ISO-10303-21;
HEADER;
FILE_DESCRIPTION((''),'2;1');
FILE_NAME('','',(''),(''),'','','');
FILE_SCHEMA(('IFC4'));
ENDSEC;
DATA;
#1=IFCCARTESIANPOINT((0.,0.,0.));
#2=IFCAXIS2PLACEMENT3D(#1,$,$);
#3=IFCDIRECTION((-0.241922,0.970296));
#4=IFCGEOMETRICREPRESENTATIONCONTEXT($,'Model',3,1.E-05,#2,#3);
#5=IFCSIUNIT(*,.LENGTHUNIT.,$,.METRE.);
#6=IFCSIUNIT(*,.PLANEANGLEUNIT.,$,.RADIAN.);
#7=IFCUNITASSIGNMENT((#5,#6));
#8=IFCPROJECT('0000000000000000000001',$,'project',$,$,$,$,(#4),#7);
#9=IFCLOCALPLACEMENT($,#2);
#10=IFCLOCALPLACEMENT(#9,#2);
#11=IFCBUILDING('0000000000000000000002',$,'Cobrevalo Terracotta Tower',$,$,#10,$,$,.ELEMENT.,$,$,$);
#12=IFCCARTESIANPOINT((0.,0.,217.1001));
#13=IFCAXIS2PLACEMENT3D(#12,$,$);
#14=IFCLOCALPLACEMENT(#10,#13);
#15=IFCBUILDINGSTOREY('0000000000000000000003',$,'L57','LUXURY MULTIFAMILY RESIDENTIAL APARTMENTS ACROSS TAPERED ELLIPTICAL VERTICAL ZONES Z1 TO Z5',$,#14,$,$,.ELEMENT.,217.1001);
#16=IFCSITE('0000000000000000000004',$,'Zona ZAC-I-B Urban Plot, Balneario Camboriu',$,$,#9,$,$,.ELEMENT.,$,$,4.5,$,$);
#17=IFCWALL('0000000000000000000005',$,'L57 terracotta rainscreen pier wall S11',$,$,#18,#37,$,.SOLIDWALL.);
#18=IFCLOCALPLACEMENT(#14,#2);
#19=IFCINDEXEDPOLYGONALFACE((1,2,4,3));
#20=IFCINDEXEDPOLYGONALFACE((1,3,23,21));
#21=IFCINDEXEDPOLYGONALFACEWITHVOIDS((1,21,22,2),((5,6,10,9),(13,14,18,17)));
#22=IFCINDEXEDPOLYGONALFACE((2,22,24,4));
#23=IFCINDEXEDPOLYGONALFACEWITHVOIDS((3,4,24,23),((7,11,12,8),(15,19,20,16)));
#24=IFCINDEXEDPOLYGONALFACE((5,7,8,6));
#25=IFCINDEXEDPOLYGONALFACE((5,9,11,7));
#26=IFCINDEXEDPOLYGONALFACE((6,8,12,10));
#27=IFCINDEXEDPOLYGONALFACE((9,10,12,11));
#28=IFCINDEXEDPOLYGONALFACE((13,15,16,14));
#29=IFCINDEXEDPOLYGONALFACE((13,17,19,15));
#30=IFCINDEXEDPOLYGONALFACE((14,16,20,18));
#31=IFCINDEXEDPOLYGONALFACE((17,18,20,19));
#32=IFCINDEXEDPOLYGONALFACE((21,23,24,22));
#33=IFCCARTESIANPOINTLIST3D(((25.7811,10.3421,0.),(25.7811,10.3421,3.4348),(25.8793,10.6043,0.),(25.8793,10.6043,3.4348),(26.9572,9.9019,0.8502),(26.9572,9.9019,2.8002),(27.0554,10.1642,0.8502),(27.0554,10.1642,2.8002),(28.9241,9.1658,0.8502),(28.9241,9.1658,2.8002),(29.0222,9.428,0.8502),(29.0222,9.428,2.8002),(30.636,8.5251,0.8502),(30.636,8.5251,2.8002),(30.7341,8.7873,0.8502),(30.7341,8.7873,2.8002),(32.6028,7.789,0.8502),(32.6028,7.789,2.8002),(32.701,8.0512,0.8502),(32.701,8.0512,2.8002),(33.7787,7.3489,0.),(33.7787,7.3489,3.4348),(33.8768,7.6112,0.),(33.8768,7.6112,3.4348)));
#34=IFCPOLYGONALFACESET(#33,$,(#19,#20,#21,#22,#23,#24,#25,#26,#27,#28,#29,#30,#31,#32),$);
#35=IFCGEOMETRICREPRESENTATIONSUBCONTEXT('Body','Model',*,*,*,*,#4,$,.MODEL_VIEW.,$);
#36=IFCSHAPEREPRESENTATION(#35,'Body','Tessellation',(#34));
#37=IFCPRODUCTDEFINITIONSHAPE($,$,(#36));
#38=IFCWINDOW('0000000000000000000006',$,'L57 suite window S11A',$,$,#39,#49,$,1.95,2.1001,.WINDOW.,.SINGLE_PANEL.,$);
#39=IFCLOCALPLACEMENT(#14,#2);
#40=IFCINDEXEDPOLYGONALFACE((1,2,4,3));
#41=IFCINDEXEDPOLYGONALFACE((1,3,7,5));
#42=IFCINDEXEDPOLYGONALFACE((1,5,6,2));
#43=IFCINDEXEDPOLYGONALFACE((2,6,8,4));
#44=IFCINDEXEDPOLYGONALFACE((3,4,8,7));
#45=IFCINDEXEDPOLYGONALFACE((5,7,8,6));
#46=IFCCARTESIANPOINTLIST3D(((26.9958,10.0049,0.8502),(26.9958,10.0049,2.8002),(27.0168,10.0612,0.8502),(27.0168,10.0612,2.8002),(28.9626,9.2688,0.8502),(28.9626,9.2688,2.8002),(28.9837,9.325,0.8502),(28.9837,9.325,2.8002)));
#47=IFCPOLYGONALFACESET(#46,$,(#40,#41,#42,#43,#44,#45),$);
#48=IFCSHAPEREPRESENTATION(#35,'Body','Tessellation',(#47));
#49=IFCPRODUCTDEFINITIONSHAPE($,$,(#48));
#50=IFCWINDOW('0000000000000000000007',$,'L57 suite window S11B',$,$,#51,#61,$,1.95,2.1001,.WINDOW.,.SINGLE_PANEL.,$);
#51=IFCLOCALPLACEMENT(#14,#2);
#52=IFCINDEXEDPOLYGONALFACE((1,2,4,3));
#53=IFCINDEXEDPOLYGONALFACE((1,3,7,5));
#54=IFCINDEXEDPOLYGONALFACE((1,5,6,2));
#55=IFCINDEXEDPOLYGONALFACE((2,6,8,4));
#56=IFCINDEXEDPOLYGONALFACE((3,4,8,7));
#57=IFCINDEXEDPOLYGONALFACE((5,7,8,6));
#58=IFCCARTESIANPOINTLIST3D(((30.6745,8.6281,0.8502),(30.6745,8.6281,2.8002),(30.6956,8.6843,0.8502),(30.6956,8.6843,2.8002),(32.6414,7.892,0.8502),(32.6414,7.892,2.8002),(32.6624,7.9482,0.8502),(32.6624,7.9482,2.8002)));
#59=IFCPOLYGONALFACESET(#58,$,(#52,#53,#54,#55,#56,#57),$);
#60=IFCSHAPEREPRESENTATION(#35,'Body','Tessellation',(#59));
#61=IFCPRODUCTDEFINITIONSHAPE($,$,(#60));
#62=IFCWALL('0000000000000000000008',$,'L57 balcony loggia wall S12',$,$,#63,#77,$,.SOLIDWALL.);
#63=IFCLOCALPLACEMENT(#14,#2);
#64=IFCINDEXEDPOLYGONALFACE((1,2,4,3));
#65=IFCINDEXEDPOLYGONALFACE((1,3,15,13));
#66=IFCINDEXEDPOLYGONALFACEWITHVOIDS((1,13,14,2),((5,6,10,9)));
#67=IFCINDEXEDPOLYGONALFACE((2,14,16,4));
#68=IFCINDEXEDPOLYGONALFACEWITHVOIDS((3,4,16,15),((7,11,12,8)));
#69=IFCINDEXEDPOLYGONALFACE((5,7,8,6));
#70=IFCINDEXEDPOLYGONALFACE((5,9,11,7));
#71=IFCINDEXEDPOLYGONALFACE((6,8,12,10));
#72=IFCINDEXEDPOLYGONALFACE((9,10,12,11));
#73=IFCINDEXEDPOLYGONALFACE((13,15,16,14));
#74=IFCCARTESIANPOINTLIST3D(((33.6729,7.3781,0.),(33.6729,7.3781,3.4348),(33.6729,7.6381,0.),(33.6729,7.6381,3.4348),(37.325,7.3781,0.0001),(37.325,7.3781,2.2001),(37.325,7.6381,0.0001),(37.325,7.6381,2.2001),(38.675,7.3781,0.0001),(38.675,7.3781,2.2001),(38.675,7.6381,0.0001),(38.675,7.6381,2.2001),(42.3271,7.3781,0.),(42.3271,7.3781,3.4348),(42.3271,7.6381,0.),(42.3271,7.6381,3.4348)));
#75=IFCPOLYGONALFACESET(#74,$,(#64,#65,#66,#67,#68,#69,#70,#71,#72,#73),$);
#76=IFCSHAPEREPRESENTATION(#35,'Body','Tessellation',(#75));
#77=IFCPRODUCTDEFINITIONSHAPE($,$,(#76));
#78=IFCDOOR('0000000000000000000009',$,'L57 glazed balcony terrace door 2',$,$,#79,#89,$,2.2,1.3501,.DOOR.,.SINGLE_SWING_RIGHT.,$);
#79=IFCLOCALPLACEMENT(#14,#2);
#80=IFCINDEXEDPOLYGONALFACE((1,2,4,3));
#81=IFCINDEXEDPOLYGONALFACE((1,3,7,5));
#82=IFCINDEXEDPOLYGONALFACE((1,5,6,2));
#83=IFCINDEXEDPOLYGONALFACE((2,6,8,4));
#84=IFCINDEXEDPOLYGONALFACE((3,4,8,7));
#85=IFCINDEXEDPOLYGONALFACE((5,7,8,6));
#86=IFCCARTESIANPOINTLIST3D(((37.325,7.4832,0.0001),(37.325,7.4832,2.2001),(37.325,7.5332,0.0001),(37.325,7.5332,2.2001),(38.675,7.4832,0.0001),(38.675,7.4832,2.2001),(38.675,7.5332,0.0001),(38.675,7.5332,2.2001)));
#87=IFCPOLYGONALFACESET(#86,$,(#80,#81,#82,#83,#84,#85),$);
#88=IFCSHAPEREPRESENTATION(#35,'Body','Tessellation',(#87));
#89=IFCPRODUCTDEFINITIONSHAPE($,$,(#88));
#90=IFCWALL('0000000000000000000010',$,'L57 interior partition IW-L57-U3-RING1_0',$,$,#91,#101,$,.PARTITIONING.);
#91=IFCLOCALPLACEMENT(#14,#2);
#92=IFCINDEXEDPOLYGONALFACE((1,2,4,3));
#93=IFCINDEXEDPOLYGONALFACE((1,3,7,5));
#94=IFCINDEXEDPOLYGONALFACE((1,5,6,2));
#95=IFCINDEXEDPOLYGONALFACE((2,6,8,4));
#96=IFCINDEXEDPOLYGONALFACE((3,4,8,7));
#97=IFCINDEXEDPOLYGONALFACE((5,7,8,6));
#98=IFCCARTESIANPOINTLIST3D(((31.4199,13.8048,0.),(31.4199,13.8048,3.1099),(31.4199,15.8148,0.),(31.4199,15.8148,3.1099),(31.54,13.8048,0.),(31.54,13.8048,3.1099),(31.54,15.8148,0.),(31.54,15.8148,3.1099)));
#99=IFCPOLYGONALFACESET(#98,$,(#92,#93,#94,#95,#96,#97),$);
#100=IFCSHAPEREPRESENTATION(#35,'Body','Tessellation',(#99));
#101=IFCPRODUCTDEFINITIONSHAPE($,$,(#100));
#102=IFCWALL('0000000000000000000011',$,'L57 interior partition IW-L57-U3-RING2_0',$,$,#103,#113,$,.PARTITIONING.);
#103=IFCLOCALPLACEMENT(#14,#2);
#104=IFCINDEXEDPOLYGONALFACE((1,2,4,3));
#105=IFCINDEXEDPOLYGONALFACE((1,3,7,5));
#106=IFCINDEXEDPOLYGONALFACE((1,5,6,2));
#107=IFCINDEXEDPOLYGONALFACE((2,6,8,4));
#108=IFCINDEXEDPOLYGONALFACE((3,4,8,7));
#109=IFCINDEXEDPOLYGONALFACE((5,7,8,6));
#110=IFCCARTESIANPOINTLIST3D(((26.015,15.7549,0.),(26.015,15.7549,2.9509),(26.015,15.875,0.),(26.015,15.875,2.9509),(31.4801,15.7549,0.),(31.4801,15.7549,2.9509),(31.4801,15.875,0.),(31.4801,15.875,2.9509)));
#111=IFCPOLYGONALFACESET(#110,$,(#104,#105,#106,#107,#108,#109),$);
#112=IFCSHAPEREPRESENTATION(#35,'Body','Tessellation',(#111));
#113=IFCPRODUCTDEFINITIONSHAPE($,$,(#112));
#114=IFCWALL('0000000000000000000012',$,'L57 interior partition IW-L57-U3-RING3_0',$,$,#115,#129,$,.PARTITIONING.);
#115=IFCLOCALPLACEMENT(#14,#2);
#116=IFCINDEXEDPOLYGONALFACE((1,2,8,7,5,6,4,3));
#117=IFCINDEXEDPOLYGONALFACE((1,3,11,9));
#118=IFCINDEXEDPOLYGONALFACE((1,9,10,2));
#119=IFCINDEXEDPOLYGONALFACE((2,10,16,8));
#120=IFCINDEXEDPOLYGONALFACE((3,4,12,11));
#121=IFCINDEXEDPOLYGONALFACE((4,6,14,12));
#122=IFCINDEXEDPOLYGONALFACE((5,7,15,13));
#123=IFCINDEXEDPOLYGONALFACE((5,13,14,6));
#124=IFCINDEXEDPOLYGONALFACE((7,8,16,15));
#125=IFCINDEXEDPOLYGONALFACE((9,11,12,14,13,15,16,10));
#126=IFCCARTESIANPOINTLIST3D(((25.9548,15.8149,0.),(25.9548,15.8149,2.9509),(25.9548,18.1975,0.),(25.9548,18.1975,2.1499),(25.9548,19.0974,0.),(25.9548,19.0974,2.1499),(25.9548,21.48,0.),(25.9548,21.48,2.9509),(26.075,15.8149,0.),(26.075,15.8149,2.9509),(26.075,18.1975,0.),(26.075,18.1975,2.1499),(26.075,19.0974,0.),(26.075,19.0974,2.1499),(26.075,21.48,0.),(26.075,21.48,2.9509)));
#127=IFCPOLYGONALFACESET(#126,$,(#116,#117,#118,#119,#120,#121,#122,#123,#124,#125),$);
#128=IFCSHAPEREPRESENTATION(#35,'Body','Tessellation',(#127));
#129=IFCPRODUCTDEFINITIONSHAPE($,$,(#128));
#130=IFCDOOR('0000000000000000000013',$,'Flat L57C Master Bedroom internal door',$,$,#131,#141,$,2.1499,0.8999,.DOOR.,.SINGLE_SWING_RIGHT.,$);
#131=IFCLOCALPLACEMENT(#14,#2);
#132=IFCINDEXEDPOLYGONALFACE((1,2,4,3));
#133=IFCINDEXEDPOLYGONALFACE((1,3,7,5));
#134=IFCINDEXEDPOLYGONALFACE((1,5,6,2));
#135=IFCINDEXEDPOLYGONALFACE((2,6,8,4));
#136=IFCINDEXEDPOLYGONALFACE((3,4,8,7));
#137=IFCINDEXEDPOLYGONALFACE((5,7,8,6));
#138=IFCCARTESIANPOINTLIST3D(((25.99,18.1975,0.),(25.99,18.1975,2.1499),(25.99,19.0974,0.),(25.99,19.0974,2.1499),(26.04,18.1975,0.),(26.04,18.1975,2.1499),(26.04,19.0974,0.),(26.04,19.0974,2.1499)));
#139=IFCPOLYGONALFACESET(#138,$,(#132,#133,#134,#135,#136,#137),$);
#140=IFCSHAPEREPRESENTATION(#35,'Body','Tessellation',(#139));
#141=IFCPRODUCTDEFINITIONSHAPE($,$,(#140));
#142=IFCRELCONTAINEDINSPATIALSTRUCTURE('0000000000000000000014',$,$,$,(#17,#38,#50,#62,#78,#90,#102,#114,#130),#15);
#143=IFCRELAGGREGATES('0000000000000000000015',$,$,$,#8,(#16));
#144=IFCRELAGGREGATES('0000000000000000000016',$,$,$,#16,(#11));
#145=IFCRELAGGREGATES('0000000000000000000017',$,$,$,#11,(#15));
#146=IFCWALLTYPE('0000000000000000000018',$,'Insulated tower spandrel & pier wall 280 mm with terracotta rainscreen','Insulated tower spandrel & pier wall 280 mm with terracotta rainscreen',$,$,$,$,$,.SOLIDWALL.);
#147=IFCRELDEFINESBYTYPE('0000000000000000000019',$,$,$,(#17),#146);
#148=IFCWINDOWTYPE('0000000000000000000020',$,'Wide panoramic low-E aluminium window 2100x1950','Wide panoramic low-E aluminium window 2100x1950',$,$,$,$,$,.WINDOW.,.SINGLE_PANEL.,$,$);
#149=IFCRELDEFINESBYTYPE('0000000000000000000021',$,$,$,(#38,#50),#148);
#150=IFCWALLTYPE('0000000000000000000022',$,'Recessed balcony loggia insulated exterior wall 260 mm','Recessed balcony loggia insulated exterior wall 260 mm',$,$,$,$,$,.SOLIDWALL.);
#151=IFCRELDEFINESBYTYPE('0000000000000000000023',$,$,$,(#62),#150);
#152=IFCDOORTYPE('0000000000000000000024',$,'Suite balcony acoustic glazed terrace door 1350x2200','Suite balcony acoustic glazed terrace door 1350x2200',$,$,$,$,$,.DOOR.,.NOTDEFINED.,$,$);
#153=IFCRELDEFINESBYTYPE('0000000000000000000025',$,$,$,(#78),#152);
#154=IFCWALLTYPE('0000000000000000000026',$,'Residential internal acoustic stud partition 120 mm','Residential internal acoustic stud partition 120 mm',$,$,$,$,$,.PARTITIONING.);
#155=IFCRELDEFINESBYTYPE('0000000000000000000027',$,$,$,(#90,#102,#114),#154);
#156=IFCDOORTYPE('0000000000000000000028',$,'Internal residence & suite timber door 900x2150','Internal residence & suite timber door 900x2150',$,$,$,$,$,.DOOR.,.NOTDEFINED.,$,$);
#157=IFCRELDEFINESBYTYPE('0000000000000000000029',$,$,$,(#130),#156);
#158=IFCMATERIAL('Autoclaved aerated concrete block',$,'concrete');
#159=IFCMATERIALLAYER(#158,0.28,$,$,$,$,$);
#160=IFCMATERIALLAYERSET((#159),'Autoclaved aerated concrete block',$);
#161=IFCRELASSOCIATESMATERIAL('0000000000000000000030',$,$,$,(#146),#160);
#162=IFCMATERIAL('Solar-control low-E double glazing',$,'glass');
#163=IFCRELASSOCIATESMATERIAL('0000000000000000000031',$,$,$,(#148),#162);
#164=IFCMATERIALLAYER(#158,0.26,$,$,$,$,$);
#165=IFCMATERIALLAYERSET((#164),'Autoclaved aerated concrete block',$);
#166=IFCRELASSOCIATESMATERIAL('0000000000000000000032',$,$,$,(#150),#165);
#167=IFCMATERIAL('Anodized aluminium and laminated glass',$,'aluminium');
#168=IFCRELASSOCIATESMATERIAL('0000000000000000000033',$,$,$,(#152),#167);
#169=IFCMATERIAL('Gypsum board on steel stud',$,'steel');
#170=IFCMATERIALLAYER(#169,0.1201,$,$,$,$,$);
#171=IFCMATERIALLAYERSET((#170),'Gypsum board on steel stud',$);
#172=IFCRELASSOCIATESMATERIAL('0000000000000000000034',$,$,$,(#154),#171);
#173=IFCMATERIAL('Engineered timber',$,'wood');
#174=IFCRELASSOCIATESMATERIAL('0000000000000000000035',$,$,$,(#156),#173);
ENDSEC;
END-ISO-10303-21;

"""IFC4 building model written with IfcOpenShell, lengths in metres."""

from ifc_helpers import new_model, si_unit, direction, frame, frame_2d, origin, place, context, subcontext, project, spatial, rectangle, extrude, source, transform, mapped, material, layer, layer_set, type_object, element, fill, save


model = new_model("IFC4")

# Units and contexts
model_context = context("Model", 3, precision=1e-05, world=origin(), true_north=direction((-0.241922, 0.970296)))
body_context = subcontext(model_context, "Body", "Model", "MODEL_VIEW")
ifc_project = project(units=[si_unit("LENGTHUNIT", "METRE"), si_unit("PLANEANGLEUNIT", "RADIAN")], contexts=[model_context])

# Site, building, storey
site_placement = place(None, origin())
site = spatial("IfcSite", under=ifc_project, at=site_placement, Name="Zona ZAC-I-B Urban Plot, Balneario Camboriu", CompositionType="ELEMENT", RefElevation=4.5)
building_placement = place(site_placement, origin())
building = spatial("IfcBuilding", under=site, at=building_placement, Name="Cobrevalo Terracotta Tower", CompositionType="ELEMENT")
storey_placement = place(building_placement, frame((0.0, 0.0, 217.1001)))
storey = spatial("IfcBuildingStorey", under=building, at=storey_placement, Name="L57", Description="LUXURY MULTIFAMILY RESIDENTIAL APARTMENTS ACROSS TAPERED ELLIPTICAL VERTICAL ZONES Z1 TO Z5", CompositionType="ELEMENT", Elevation=217.1001)

# Shared definitions
ifc_material_1 = material(Name="Solar-control low-E double glazing", Category="glass")

# Wall, openings, windows
ifc_material_2 = material(Name="Autoclaved aerated concrete block", Category="concrete")
ifc_layer_1 = layer(ifc_material_2, 0.28)
ifc_layer_set_1 = layer_set([ifc_layer_1], Name="Autoclaved aerated concrete block")
wall_type_1 = type_object("IfcWallType", Name="Insulated tower spandrel & pier wall 280 mm with terracotta rainscreen", Description="Insulated tower spandrel & pier wall 280 mm with terracotta rainscreen", PredefinedType="SOLIDWALL", material=ifc_layer_set_1)
wall_1_placement = place(storey_placement, frame((25.8303, 10.4731, 0.0), z_axis=(0.0, 0.0, 1.0), x_axis=(0.936557, -0.350516, 0.0)))
wall_1 = element("IfcWall", 1, at=wall_1_placement, inside=storey, type_object=wall_type_1, Name="L57 terracotta rainscreen pier wall S11", PredefinedType="SOLIDWALL", context=body_context, shape_type="SweptSolid", body=[
    extrude(rectangle(XDim=8.5393, YDim=0.28, at=frame_2d((4.2695, 0.0))), origin(), (0.0, 0.0, 1.0), 3.4348),
])
opening_1_placement = place(wall_1_placement, frame((1.2556, 0.0, 0.8501)))
opening_1 = element("IfcOpeningElement", 2, at=opening_1_placement, cuts=wall_1, PredefinedType="OPENING", context=body_context, shape_type="SweptSolid", body=[
    extrude(rectangle(XDim=2.1001, YDim=1.95, at=frame_2d((1.05, 0.9751))), frame((0.0, 0.1499, 0.0), z_axis=(0.0, -1.0, 0.0), x_axis=(1.0, 0.0, 0.0)), (0.0, 0.0, 1.0), 0.3),
])
opening_2_placement = place(wall_1_placement, frame((5.1836, 0.0, 0.8501)))
opening_2 = element("IfcOpeningElement", 3, at=opening_2_placement, cuts=wall_1, PredefinedType="OPENING", context=body_context, shape_type="SweptSolid", body=[
    extrude(rectangle(XDim=2.1001, YDim=1.95, at=frame_2d((1.05, 0.9751))), frame((0.0, 0.1499, 0.0), z_axis=(0.0, -1.0, 0.0), x_axis=(1.0, 0.0, 0.0)), (0.0, 0.0, 1.0), 0.3),
])
window_type = type_object("IfcWindowType", Name="Wide panoramic low-E aluminium window 2100x1950", Description="Wide panoramic low-E aluminium window 2100x1950", PartitioningType="SINGLE_PANEL", PredefinedType="WINDOW", material=ifc_material_1)
shared_shape_1 = source(origin(), body_context, "Body", "SweptSolid", [
    extrude(rectangle(XDim=2.1001, YDim=1.95, at=frame_2d((1.05, 0.9751))), frame((0.0, 0.03, 0.0), z_axis=(0.0, -1.0, 0.0), x_axis=(1.0, 0.0, 0.0)), (0.0, 0.0, 1.0), 0.0601),
])
window_1_placement = place(opening_1_placement, origin())
window_1 = element("IfcWindow", 4, at=window_1_placement, inside=storey, type_object=window_type, Name="L57 suite window S11A", OverallHeight=1.95, OverallWidth=2.1001, PartitioningType="SINGLE_PANEL", PredefinedType="WINDOW", context=body_context, shape_type="MappedRepresentation", body=[
    mapped(shared_shape_1, transform((0.0, 0.0, 0.0), scale=1.0)),
])
fill(opening_1, window_1)
window_2_placement = place(opening_2_placement, origin())
window_2 = element("IfcWindow", 5, at=window_2_placement, inside=storey, type_object=window_type, Name="L57 suite window S11B", OverallHeight=1.95, OverallWidth=2.1001, PartitioningType="SINGLE_PANEL", PredefinedType="WINDOW", context=body_context, shape_type="MappedRepresentation", body=[
    mapped(shared_shape_1, transform((0.0, 0.0, 0.0), scale=1.0)),
])
fill(opening_2, window_2)

# Wall, opening, door
ifc_layer_2 = layer(ifc_material_2, 0.26)
ifc_layer_set_2 = layer_set([ifc_layer_2], Name="Autoclaved aerated concrete block")
wall_type_2 = type_object("IfcWallType", Name="Recessed balcony loggia insulated exterior wall 260 mm", Description="Recessed balcony loggia insulated exterior wall 260 mm", PredefinedType="SOLIDWALL", material=ifc_layer_set_2)
wall_2_placement = place(storey_placement, frame((33.6729, 7.5081, 0.0), z_axis=(0.0, 0.0, 1.0), x_axis=(1.0, 0.0, 0.0)))
wall_2 = element("IfcWall", 6, at=wall_2_placement, inside=storey, type_object=wall_type_2, Name="L57 balcony loggia wall S12", PredefinedType="SOLIDWALL", context=body_context, shape_type="SweptSolid", body=[
    extrude(rectangle(XDim=8.6543, YDim=0.26, at=frame_2d((4.3271, 0.0))), origin(), (0.0, 0.0, 1.0), 3.4348),
])
opening_3_placement = place(wall_2_placement, frame((3.6521, 0.0, 0.0)))
opening_3 = element("IfcOpeningElement", 7, at=opening_3_placement, cuts=wall_2, PredefinedType="OPENING", context=body_context, shape_type="SweptSolid", body=[
    extrude(rectangle(XDim=1.3501, YDim=2.2, at=frame_2d((0.675, 1.1001))), frame((0.0, 0.1401, 0.0), z_axis=(0.0, -1.0, 0.0), x_axis=(1.0, 0.0, 0.0)), (0.0, 0.0, 1.0), 0.28),
])
ifc_material_3 = material(Name="Anodized aluminium and laminated glass", Category="aluminium")
door_type_1 = type_object("IfcDoorType", Name="Suite balcony acoustic glazed terrace door 1350x2200", Description="Suite balcony acoustic glazed terrace door 1350x2200", OperationType="NOTDEFINED", PredefinedType="DOOR", material=ifc_material_3)
shared_shape_2 = source(origin(), body_context, "Body", "SweptSolid", [
    extrude(rectangle(XDim=1.3501, YDim=2.2, at=frame_2d((0.675, 1.1001))), frame((0.0, 0.0249, 0.0), z_axis=(0.0, -1.0, 0.0), x_axis=(1.0, 0.0, 0.0)), (0.0, 0.0, 1.0), 0.05),
])
door_1_placement = place(opening_3_placement, frame((1.3501, 0.0, 0.0), z_axis=(0.0, 0.0, 1.0), x_axis=(-1.0, 0.0, 0.0)))
door_1 = element("IfcDoor", 8, at=door_1_placement, inside=storey, type_object=door_type_1, Name="L57 glazed balcony terrace door 2", OperationType="SINGLE_SWING_RIGHT", OverallHeight=2.2, OverallWidth=1.3501, PredefinedType="DOOR", context=body_context, shape_type="MappedRepresentation", body=[
    mapped(shared_shape_2, transform((0.0, 0.0, 0.0), scale=1.0)),
])
fill(opening_3, door_1)

# Walls
ifc_material_4 = material(Name="Gypsum board on steel stud", Category="steel")
ifc_layer_3 = layer(ifc_material_4, 0.1201)
ifc_layer_set_3 = layer_set([ifc_layer_3], Name="Gypsum board on steel stud")
wall_type_3 = type_object("IfcWallType", Name="Residential internal acoustic stud partition 120 mm", Description="Residential internal acoustic stud partition 120 mm", PredefinedType="PARTITIONING", material=ifc_layer_set_3)
wall_3_placement = place(storey_placement, frame((31.48, 13.8049, 0.0), z_axis=(0.0, 0.0, 1.0), x_axis=(0.0, 1.0, 0.0)))
element("IfcWall", 9, at=wall_3_placement, inside=storey, type_object=wall_type_3, Name="L57 interior partition IW-L57-U3-RING1_0", PredefinedType="PARTITIONING", context=body_context, shape_type="SweptSolid", body=[
    extrude(rectangle(XDim=2.01, YDim=0.1201, at=frame_2d((1.0049, 0.0))), origin(), (0.0, 0.0, 1.0), 3.1099),
])
wall_4_placement = place(storey_placement, frame((31.48, 15.8149, 0.0), z_axis=(0.0, 0.0, 1.0), x_axis=(-1.0, 0.0, 0.0)))
element("IfcWall", 10, at=wall_4_placement, inside=storey, type_object=wall_type_3, Name="L57 interior partition IW-L57-U3-RING2_0", PredefinedType="PARTITIONING", context=body_context, shape_type="SweptSolid", body=[
    extrude(rectangle(XDim=5.4651, YDim=0.1201, at=frame_2d((2.7324, 0.0))), origin(), (0.0, 0.0, 1.0), 2.9509),
])

# Wall, opening, door
wall_5_placement = place(storey_placement, frame((26.0149, 15.8149, 0.0), z_axis=(0.0, 0.0, 1.0), x_axis=(0.0, 1.0, 0.0)))
wall_5 = element("IfcWall", 11, at=wall_5_placement, inside=storey, type_object=wall_type_3, Name="L57 interior partition IW-L57-U3-RING3_0", PredefinedType="PARTITIONING", context=body_context, shape_type="SweptSolid", body=[
    extrude(rectangle(XDim=5.665, YDim=0.1201, at=frame_2d((2.8325, 0.0))), origin(), (0.0, 0.0, 1.0), 2.9509),
])
opening_4_placement = place(wall_5_placement, frame((2.3826, 0.0, 0.0)))
opening_4 = element("IfcOpeningElement", 12, at=opening_4_placement, cuts=wall_5, PredefinedType="OPENING", context=body_context, shape_type="SweptSolid", body=[
    extrude(rectangle(XDim=0.8999, YDim=2.1499, at=frame_2d((0.45, 1.075))), frame((0.0, 0.0701, 0.0), z_axis=(0.0, -1.0, 0.0), x_axis=(1.0, 0.0, 0.0)), (0.0, 0.0, 1.0), 0.1401),
])
ifc_material_5 = material(Name="Engineered timber", Category="wood")
door_type_2 = type_object("IfcDoorType", Name="Internal residence & suite timber door 900x2150", Description="Internal residence & suite timber door 900x2150", OperationType="NOTDEFINED", PredefinedType="DOOR", material=ifc_material_5)
shared_shape_3 = source(origin(), body_context, "Body", "SweptSolid", [
    extrude(rectangle(XDim=0.8999, YDim=2.1499, at=frame_2d((0.45, 1.075))), frame((0.0, 0.0249, 0.0), z_axis=(0.0, -1.0, 0.0), x_axis=(1.0, 0.0, 0.0)), (0.0, 0.0, 1.0), 0.05),
])
door_2_placement = place(opening_4_placement, origin())
door_2 = element("IfcDoor", 13, at=door_2_placement, inside=storey, type_object=door_type_2, Name="Flat L57C Master Bedroom internal door", OperationType="SINGLE_SWING_RIGHT", OverallHeight=2.1499, OverallWidth=0.8999, PredefinedType="DOOR", context=body_context, shape_type="MappedRepresentation", body=[
    mapped(shared_shape_3, transform((0.0, 0.0, 0.0), scale=1.0)),
])
fill(opening_4, door_2)

save(model, "model.ifc")
